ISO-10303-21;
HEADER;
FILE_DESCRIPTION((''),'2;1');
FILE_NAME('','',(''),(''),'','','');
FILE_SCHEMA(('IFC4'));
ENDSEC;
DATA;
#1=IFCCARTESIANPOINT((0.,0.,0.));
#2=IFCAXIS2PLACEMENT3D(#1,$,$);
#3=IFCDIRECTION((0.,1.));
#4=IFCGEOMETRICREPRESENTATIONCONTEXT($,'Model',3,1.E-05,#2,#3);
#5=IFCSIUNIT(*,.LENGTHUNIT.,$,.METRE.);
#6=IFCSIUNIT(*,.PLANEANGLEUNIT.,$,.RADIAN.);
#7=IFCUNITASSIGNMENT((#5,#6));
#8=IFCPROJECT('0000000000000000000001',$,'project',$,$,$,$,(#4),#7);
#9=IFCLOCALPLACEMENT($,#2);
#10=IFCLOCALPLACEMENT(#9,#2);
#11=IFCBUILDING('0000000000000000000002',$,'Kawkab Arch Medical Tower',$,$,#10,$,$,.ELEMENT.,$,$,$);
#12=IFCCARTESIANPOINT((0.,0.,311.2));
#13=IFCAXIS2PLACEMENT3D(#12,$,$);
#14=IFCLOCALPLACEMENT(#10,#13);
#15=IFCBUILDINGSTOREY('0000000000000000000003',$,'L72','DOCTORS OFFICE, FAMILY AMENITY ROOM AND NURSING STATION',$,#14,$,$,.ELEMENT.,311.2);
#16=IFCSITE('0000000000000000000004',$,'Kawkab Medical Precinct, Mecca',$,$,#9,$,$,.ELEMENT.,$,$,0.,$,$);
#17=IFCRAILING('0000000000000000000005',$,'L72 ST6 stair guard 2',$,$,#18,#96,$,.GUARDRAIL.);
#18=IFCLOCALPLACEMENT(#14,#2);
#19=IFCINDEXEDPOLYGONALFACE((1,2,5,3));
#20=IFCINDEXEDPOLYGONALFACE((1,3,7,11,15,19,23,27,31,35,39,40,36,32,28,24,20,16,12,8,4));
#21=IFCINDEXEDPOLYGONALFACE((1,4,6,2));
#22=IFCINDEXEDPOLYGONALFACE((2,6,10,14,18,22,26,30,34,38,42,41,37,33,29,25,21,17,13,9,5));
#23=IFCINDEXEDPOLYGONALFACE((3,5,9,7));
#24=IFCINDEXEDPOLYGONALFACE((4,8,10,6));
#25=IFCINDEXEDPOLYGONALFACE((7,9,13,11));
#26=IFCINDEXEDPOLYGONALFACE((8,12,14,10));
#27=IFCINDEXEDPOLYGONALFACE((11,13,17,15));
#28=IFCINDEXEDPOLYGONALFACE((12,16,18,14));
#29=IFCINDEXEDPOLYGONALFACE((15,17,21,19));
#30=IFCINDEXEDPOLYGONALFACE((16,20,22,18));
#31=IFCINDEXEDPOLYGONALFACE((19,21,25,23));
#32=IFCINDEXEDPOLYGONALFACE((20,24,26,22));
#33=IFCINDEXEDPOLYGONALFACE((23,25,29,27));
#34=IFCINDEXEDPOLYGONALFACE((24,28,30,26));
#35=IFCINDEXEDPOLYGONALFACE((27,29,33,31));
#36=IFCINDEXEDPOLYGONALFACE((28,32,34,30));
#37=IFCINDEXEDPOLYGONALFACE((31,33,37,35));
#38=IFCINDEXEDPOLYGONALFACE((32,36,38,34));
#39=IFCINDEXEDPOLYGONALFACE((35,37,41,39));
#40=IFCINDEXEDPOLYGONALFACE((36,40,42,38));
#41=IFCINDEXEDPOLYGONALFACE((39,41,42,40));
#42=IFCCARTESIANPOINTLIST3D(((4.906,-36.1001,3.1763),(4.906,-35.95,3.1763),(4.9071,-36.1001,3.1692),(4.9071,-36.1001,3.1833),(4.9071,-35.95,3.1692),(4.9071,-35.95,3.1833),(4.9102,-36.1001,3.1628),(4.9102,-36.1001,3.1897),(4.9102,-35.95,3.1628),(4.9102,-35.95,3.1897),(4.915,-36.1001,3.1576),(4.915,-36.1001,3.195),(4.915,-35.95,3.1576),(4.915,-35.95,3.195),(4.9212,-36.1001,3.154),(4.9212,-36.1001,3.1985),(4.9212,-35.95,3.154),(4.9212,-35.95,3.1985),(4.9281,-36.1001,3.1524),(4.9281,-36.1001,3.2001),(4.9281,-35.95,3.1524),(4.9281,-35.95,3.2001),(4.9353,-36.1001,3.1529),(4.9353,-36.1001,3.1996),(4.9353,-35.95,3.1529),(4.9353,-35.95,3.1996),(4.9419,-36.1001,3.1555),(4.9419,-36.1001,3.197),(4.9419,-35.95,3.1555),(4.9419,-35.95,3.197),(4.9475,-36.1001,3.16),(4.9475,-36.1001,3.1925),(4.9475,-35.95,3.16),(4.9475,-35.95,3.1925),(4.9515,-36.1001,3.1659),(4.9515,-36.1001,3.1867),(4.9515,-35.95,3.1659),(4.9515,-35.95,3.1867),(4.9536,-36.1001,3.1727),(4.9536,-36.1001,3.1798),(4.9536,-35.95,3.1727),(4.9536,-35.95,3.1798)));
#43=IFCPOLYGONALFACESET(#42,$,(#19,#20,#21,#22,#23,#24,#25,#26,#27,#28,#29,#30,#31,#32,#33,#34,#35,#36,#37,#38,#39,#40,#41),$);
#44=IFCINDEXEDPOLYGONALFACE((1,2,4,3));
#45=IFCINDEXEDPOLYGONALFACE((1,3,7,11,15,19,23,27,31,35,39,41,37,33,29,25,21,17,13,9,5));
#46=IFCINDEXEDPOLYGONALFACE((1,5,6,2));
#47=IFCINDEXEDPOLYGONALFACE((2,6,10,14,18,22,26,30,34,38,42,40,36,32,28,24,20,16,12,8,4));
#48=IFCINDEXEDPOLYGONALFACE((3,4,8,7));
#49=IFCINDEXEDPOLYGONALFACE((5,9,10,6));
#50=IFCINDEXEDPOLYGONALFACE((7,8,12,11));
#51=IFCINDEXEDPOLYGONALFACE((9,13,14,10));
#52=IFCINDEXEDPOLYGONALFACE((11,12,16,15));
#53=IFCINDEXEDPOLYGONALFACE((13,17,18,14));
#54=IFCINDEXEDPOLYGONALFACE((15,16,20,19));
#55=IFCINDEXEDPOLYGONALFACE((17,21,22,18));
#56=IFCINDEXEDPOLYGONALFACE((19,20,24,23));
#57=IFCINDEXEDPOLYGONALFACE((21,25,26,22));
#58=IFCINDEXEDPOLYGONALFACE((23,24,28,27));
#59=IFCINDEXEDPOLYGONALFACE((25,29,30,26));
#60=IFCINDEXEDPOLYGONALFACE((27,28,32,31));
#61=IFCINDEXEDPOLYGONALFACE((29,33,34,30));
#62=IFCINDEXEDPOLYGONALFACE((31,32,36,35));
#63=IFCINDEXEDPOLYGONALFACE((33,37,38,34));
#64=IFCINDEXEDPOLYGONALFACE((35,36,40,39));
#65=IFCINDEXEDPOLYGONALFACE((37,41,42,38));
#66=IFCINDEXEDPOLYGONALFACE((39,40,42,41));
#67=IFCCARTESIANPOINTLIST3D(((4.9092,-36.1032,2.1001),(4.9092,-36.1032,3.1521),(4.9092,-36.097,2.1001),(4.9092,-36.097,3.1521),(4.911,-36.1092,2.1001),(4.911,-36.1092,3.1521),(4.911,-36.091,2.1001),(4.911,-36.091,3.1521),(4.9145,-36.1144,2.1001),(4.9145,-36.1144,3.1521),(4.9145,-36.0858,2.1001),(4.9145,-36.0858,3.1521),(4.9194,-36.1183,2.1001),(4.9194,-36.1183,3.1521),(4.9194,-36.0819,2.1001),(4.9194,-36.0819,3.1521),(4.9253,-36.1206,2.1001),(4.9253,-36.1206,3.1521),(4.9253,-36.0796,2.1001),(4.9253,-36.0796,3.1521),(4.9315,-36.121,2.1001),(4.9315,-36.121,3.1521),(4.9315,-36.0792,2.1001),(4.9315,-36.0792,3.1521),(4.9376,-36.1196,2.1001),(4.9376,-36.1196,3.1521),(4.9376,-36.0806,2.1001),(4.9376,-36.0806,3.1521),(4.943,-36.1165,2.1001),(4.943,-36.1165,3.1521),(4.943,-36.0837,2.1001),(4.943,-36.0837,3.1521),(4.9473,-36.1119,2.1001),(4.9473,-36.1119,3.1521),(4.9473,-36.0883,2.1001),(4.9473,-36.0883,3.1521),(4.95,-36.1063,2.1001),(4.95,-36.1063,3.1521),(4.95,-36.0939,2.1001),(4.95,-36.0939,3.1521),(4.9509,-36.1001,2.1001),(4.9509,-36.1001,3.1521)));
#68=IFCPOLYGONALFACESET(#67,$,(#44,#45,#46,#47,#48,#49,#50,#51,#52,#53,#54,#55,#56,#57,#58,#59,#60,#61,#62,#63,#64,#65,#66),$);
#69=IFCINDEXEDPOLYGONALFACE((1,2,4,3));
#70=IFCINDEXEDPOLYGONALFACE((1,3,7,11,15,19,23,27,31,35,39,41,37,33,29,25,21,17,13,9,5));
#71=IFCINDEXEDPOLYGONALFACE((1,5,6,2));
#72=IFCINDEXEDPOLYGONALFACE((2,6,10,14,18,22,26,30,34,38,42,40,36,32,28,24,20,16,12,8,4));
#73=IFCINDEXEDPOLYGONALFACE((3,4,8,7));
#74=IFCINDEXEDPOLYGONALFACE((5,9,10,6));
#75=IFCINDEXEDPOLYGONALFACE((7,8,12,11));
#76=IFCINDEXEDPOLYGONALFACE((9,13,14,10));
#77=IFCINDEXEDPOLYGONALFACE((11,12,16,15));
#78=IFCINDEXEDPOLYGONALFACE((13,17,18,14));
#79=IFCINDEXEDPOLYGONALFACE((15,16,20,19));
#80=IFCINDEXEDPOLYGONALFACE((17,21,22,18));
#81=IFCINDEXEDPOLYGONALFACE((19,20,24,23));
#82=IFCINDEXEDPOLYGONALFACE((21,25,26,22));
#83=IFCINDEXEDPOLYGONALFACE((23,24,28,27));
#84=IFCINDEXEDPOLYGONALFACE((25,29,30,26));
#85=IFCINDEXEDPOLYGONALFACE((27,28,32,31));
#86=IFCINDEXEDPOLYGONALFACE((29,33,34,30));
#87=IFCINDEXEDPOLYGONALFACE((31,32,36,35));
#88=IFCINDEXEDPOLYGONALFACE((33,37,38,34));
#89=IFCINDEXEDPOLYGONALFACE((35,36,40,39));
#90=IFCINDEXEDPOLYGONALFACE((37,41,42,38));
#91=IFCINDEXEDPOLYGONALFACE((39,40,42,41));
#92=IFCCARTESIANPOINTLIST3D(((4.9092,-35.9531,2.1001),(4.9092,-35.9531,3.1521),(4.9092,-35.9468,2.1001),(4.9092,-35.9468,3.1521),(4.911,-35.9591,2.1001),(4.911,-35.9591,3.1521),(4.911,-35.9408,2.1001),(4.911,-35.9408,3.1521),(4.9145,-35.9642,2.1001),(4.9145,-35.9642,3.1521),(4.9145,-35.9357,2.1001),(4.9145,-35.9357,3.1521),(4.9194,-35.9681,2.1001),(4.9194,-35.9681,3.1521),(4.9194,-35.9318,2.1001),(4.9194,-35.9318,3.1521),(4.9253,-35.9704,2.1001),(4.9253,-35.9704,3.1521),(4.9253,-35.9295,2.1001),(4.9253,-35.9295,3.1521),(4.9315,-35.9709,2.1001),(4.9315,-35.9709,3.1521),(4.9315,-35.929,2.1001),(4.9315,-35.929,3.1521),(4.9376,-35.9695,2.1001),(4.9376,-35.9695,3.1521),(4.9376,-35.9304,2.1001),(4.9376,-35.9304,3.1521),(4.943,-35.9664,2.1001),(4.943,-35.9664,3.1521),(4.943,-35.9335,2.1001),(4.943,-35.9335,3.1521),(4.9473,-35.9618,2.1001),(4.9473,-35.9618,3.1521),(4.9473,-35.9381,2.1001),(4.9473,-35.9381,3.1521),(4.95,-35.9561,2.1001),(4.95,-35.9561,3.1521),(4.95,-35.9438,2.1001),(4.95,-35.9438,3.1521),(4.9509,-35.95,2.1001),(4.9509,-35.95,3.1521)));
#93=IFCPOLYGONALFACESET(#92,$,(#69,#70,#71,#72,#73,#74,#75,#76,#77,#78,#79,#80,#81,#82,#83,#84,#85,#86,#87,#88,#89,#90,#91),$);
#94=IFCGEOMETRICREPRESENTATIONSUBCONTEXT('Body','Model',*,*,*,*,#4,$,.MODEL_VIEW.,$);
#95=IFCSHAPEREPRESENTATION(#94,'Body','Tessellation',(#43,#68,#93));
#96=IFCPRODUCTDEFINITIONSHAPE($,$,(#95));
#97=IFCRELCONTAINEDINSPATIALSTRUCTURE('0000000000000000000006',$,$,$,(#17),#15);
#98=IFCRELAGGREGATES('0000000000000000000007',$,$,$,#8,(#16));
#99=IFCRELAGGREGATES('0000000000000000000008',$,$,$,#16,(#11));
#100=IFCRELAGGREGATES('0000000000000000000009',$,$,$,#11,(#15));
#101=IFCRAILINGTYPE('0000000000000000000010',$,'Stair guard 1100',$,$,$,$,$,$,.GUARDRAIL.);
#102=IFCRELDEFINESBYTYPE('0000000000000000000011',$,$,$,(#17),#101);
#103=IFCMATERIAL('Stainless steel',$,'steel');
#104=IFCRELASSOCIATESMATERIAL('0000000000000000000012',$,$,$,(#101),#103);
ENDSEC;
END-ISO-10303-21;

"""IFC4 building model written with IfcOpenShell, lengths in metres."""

from ifc_helpers import new_model, si_unit, direction, frame, origin, origin_2d, place, context, subcontext, project, spatial, circle, extrude, material, type_object, element, save


model = new_model("IFC4")

# Units and contexts
model_context = context("Model", 3, precision=1e-05, world=origin(), true_north=direction((0.0, 1.0)))
body_context = subcontext(model_context, "Body", "Model", "MODEL_VIEW")
ifc_project = project(units=[si_unit("LENGTHUNIT", "METRE"), si_unit("PLANEANGLEUNIT", "RADIAN")], contexts=[model_context])

# Site, building, storey
site_placement = place(None, origin())
site = spatial("IfcSite", under=ifc_project, at=site_placement, Name="Kawkab Medical Precinct, Mecca", CompositionType="ELEMENT", RefElevation=0.0)
building_placement = place(site_placement, origin())
building = spatial("IfcBuilding", under=site, at=building_placement, Name="Kawkab Arch Medical Tower", CompositionType="ELEMENT")
storey_placement = place(building_placement, frame((0.0, 0.0, 311.2)))
storey = spatial("IfcBuildingStorey", under=building, at=storey_placement, Name="L72", Description="DOCTORS OFFICE, FAMILY AMENITY ROOM AND NURSING STATION", CompositionType="ELEMENT", Elevation=311.2)

# Railing
ifc_material_1 = material(Name="Stainless steel", Category="steel")
railing_type_1 = type_object("IfcRailingType", Name="Stair guard 1100", PredefinedType="GUARDRAIL", material=ifc_material_1)
railing_1_placement = place(storey_placement, frame((4.9299, -36.1001, 2.1001)))
element("IfcRailing", 1, at=railing_1_placement, inside=storey, type_object=railing_type_1, Name="L72 ST6 stair guard 2", PredefinedType="GUARDRAIL", context=body_context, shape_type="SweptSolid", body=[
    extrude(circle(Radius=0.0239, at=origin_2d()), frame((0.0, 0.0, 1.0762), z_axis=(0.0, 1.0, 0.0), x_axis=(-1.0, 0.0, 0.0)), (0.0, 0.0, 1.0), 0.1501),
    extrude(circle(Radius=0.021, at=origin_2d()), origin(), (0.0, 0.0, 1.0), 1.052),
    extrude(circle(Radius=0.021, at=origin_2d()), frame((0.0, 0.1501, 0.0)), (0.0, 0.0, 1.0), 1.052),
])

save(model, "model.ifc")
